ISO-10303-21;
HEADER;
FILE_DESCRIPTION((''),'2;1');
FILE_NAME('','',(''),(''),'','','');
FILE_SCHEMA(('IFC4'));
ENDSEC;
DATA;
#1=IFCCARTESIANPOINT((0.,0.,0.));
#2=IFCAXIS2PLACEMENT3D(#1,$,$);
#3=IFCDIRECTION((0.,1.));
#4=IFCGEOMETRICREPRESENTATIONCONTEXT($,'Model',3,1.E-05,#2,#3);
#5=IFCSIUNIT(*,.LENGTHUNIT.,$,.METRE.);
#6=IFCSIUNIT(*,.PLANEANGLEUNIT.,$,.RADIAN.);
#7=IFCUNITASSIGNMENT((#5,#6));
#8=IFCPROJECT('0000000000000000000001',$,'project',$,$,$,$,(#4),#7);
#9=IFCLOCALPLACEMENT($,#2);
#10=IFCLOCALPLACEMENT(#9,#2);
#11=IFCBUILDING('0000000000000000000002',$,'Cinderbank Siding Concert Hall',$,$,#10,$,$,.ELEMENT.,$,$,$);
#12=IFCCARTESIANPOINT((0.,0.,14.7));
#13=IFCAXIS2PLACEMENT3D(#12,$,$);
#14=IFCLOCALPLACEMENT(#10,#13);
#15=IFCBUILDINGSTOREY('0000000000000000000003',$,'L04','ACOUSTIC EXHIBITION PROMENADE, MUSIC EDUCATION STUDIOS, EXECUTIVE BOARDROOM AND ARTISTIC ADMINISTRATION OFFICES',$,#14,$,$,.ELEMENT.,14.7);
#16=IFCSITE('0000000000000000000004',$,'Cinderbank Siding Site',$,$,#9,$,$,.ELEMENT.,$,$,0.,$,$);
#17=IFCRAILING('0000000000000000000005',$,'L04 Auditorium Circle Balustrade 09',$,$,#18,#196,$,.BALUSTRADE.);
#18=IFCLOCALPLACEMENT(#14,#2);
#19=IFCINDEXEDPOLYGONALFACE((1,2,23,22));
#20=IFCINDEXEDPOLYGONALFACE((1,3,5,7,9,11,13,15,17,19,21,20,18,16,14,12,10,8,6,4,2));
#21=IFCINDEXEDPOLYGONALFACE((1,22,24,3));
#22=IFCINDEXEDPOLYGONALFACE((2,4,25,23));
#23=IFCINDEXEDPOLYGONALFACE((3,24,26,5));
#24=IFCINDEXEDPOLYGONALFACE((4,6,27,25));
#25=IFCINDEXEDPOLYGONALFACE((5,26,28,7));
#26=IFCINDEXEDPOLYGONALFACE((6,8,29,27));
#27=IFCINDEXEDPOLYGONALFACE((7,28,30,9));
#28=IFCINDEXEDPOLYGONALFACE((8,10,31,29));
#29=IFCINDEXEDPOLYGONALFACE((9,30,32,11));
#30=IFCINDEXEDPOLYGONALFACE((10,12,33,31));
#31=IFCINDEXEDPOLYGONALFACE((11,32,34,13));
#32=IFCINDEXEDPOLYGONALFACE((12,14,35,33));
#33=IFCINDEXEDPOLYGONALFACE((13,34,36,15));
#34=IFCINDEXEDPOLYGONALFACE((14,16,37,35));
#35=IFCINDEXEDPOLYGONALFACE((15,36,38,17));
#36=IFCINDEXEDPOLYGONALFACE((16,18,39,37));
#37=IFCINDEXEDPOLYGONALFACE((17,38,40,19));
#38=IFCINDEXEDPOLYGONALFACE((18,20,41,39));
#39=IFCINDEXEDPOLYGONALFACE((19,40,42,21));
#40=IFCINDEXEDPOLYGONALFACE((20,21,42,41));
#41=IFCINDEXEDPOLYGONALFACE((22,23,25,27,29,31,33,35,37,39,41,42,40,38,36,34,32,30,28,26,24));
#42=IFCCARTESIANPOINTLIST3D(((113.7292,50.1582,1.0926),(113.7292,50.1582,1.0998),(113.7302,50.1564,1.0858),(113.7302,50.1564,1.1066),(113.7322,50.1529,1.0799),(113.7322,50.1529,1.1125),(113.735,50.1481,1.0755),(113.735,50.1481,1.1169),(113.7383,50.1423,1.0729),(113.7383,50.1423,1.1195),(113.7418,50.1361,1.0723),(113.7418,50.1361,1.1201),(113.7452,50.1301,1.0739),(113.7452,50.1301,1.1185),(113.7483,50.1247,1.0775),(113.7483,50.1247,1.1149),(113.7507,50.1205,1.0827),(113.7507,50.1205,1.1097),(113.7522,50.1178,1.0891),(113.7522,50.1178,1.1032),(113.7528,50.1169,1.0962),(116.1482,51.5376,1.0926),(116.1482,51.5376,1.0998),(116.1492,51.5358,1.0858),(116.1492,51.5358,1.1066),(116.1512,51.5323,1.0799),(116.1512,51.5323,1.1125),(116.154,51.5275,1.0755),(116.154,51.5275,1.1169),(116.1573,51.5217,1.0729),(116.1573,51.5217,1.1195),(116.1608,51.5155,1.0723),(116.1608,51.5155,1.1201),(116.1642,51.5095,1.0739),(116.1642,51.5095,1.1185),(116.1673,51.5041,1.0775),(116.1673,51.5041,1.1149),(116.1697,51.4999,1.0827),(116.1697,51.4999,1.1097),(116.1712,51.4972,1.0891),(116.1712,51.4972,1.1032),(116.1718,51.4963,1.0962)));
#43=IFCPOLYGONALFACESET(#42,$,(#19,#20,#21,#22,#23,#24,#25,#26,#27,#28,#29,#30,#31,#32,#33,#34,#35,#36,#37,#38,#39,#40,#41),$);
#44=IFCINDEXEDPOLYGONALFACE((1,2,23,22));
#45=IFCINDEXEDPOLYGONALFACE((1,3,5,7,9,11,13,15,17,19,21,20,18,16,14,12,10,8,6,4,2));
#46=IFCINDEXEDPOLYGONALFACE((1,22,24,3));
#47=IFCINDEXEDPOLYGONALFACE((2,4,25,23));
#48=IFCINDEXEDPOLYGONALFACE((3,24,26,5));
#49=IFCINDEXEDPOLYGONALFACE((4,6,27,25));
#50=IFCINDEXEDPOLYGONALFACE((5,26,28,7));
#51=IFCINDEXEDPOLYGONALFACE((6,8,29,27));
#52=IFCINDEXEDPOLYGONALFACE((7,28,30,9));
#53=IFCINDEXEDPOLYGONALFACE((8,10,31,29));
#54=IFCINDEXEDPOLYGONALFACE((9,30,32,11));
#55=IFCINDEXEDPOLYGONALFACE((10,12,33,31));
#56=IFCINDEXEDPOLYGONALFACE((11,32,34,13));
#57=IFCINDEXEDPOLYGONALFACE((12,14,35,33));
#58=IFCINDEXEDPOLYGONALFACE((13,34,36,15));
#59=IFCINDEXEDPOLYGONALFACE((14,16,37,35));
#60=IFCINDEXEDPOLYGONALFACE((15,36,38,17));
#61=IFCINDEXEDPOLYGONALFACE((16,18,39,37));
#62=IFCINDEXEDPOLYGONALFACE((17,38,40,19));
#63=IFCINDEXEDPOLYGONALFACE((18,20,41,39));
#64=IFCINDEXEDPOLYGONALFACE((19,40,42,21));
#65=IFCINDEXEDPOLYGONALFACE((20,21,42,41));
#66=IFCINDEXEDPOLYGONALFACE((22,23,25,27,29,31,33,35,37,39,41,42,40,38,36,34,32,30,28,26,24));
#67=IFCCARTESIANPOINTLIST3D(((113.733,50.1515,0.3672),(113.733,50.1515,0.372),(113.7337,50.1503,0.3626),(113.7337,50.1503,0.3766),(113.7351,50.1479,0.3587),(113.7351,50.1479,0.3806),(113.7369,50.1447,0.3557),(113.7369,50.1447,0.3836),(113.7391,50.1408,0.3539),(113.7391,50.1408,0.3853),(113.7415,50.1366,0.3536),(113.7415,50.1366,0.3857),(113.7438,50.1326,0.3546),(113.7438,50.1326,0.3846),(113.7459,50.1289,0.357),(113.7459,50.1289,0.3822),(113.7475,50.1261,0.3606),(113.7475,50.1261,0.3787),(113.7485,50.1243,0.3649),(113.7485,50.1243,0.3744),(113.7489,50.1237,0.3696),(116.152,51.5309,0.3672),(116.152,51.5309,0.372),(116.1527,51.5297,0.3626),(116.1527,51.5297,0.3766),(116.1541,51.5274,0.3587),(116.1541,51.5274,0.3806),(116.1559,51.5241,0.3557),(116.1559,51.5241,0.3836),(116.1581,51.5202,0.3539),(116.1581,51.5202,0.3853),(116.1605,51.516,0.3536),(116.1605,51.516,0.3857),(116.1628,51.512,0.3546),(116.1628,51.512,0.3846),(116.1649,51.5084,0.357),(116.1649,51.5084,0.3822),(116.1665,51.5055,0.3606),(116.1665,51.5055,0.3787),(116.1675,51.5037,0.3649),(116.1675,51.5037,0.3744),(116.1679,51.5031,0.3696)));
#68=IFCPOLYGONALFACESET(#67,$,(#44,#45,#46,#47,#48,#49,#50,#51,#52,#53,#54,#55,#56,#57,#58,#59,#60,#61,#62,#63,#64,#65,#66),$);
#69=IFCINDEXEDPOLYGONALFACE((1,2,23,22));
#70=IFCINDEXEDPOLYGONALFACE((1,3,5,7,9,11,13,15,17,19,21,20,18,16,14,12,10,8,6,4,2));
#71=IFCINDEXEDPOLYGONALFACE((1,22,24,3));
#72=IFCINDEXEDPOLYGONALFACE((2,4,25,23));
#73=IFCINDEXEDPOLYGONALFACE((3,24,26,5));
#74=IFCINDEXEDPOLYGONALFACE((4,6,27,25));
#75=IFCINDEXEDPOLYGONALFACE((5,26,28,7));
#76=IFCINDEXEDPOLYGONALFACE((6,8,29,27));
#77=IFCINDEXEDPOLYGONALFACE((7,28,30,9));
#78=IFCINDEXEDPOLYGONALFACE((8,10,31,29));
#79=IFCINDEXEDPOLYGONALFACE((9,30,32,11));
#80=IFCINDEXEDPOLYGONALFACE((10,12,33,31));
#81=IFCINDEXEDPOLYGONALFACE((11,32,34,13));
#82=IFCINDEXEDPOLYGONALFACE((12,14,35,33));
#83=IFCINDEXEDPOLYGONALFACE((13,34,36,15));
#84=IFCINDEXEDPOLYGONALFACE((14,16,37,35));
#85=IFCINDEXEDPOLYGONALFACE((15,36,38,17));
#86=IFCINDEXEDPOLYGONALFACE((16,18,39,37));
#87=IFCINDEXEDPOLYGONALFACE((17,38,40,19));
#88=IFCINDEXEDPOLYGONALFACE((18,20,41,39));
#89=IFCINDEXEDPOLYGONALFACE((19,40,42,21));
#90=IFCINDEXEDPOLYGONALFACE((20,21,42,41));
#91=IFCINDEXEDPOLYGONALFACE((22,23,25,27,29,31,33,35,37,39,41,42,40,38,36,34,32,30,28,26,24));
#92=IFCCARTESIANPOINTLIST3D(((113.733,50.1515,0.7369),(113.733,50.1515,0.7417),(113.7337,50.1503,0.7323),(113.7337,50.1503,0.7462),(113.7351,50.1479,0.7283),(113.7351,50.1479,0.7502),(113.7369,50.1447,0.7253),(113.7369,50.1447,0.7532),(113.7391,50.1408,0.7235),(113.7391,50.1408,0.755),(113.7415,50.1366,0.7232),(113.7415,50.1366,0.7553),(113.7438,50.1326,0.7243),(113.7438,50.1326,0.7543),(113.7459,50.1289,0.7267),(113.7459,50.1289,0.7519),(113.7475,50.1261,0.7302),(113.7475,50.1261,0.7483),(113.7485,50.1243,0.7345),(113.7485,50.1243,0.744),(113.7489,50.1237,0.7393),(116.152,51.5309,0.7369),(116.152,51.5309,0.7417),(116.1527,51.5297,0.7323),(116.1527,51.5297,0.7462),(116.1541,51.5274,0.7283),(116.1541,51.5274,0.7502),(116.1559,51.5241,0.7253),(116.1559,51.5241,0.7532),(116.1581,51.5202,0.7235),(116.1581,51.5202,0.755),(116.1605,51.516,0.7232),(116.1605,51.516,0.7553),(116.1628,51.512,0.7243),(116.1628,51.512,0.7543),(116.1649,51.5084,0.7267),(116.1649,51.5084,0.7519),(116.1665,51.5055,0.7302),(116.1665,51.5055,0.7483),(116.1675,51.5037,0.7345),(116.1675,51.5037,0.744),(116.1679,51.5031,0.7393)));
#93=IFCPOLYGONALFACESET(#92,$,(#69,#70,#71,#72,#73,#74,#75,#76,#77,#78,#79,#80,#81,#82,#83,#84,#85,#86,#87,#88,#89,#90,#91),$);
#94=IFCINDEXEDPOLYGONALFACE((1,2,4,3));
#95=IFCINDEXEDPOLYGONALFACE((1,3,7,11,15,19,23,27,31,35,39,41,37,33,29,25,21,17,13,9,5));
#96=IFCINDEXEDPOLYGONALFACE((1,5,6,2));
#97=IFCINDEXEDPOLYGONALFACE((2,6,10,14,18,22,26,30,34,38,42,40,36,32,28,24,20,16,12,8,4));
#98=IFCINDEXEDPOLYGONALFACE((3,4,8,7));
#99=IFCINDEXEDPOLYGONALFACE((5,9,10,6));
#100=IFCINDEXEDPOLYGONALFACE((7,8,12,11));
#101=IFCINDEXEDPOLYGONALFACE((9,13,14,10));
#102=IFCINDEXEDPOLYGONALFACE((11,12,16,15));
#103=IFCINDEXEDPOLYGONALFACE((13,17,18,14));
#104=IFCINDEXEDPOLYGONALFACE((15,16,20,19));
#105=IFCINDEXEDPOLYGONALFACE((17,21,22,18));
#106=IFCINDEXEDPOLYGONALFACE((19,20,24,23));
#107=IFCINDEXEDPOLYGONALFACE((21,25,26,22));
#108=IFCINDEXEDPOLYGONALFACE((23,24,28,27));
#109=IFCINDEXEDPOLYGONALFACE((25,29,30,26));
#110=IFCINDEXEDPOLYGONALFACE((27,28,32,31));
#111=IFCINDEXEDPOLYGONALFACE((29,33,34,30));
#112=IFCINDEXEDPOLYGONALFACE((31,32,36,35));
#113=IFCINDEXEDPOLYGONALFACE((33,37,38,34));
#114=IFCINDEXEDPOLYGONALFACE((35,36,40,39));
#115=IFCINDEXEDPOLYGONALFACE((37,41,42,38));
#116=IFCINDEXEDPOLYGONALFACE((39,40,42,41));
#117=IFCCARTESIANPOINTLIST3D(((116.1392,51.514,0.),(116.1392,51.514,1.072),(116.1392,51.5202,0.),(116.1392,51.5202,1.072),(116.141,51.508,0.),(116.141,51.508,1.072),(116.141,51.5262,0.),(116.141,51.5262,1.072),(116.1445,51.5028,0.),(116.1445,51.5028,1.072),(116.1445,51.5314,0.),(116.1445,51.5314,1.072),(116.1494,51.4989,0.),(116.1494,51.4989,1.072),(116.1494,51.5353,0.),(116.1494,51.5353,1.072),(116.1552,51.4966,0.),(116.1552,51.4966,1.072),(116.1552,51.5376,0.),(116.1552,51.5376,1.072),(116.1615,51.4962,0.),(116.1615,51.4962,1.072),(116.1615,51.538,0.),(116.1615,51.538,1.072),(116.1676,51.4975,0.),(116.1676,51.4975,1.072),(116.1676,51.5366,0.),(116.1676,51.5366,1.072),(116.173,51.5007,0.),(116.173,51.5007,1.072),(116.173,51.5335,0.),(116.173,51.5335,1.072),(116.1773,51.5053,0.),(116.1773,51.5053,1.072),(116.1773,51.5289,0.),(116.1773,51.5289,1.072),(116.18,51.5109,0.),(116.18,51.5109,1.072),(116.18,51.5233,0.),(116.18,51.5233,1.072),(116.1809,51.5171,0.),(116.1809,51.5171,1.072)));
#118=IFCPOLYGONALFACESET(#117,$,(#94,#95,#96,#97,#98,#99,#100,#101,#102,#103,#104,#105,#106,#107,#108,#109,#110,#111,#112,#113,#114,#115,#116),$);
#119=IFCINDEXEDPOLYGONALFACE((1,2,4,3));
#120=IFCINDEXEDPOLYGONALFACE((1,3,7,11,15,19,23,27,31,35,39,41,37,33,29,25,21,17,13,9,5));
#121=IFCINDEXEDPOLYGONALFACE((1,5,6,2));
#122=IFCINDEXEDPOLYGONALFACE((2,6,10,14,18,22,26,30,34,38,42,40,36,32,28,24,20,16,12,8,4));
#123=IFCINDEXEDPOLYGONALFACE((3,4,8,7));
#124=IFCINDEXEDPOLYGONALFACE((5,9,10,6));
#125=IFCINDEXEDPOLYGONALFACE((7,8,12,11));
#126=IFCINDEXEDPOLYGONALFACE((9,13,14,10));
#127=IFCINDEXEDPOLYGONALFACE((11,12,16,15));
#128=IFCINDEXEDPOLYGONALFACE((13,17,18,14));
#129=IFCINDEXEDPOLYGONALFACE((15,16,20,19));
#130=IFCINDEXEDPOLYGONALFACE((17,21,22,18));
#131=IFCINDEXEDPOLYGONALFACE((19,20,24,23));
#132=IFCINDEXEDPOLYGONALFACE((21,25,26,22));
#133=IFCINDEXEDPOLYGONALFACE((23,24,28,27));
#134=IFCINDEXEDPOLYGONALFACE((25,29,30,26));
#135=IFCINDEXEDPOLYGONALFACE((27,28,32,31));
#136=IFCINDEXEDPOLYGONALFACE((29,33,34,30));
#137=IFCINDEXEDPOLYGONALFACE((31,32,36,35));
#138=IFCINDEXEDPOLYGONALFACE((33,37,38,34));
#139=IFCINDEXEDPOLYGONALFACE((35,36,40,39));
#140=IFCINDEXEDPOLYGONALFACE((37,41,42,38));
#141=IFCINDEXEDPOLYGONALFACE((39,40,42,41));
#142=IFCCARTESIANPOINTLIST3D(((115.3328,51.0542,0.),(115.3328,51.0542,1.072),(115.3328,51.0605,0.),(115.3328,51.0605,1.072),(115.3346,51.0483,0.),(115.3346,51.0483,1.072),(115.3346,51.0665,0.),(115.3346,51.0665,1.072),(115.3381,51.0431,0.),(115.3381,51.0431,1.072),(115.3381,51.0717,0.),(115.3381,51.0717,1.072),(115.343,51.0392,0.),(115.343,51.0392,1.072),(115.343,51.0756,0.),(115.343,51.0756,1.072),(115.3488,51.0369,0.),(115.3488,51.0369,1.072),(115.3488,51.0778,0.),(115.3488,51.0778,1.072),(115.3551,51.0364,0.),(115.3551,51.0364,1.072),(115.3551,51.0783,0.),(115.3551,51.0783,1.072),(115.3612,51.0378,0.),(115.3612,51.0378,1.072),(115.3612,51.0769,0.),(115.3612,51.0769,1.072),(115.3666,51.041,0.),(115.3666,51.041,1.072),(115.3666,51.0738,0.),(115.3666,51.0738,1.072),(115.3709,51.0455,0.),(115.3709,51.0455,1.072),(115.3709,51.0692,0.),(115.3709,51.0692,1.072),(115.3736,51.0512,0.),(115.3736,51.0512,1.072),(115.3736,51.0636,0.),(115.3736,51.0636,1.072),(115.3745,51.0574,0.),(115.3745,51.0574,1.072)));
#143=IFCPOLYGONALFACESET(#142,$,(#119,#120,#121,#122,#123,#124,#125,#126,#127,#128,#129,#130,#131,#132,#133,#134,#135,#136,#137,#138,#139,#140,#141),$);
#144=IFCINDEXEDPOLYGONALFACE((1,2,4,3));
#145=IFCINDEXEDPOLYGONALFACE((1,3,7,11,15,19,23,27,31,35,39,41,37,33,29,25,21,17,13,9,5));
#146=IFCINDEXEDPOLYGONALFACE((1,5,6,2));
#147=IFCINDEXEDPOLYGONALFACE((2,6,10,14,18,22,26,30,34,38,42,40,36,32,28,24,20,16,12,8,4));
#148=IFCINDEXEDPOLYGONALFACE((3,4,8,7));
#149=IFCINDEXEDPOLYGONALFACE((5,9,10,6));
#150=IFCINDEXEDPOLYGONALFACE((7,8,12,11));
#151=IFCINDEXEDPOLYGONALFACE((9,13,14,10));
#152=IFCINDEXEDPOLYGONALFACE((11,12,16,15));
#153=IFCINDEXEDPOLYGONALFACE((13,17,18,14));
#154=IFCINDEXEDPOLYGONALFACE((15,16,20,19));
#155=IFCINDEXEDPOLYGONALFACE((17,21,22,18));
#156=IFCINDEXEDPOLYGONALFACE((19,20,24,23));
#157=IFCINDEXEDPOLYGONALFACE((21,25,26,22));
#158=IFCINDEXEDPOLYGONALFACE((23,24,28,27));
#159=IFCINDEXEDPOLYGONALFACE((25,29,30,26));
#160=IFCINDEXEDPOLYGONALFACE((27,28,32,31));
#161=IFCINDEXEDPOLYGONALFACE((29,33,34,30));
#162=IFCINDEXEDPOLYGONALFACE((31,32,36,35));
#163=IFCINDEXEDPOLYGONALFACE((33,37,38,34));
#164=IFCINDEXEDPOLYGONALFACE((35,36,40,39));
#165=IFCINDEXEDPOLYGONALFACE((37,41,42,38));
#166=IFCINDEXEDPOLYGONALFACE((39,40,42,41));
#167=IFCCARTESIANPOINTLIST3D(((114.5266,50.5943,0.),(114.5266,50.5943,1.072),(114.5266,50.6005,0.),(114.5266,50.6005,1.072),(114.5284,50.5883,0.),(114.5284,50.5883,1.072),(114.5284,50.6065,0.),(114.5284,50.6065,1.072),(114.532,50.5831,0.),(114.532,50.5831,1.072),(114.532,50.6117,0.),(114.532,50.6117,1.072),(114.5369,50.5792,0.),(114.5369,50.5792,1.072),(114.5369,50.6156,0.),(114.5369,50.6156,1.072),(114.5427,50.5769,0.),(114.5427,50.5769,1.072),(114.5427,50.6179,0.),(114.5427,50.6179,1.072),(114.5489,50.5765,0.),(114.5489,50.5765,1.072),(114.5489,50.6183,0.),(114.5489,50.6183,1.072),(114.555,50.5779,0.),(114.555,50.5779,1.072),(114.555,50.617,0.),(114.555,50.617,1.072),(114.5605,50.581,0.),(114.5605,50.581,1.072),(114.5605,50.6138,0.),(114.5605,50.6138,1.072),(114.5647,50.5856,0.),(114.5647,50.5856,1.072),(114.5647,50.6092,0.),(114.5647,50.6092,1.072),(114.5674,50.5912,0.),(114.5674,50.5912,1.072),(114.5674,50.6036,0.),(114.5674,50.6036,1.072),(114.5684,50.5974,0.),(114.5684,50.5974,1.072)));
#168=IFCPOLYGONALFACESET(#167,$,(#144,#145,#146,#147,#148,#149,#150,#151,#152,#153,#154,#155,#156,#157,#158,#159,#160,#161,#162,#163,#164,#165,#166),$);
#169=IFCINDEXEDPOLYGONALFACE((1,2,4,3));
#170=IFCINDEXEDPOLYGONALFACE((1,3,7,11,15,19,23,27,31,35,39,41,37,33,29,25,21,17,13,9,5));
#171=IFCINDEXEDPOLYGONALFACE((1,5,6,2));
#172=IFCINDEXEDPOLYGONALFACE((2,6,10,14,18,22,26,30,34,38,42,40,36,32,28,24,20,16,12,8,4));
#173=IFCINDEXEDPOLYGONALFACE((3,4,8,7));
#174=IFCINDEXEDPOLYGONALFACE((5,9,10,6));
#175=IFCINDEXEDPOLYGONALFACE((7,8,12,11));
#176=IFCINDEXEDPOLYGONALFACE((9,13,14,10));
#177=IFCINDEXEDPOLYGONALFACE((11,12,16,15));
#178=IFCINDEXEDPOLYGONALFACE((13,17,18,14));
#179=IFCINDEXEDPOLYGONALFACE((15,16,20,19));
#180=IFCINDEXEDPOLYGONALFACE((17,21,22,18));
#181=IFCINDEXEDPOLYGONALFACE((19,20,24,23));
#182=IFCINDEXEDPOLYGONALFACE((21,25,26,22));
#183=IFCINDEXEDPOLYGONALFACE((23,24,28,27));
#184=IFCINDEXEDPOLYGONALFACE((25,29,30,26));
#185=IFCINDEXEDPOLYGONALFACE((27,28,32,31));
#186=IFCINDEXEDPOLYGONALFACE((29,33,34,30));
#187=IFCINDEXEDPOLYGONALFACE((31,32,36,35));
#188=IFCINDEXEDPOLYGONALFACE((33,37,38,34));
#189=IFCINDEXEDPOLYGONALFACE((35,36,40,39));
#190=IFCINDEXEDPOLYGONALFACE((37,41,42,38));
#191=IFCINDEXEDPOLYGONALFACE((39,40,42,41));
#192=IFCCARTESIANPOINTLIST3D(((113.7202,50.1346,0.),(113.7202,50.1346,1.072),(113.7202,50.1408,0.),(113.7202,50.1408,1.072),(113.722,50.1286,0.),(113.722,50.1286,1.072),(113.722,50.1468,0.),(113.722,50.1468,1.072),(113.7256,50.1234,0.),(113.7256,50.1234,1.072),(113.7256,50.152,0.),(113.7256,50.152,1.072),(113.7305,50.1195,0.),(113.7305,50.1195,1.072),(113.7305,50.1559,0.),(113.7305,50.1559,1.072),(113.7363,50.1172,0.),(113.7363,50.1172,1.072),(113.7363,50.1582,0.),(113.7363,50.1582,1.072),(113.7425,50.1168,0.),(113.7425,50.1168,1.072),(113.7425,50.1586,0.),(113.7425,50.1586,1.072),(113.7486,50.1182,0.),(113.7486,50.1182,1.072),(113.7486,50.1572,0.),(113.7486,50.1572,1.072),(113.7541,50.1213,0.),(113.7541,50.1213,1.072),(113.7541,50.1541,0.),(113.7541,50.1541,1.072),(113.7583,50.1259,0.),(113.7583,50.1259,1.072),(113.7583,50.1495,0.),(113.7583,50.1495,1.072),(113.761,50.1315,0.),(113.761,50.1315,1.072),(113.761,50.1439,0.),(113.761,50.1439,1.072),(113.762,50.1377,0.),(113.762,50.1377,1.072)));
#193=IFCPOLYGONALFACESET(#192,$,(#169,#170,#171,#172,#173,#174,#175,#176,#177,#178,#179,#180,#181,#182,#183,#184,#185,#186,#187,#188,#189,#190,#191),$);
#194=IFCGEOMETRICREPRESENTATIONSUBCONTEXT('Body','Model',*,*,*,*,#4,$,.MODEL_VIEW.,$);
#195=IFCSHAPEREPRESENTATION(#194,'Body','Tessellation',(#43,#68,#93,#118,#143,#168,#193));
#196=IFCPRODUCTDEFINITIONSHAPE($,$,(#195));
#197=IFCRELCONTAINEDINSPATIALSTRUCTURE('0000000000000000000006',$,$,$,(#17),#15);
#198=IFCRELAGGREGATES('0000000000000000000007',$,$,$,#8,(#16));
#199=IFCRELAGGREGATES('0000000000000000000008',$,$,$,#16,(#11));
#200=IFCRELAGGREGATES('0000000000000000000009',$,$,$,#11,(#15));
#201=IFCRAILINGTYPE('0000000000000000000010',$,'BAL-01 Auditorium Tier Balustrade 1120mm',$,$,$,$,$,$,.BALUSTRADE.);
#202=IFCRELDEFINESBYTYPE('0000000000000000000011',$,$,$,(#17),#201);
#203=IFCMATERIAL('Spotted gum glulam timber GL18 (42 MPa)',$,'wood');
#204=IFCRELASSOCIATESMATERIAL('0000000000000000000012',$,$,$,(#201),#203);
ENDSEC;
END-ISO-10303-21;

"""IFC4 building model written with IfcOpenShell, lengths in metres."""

from ifc_helpers import new_model, si_unit, direction, frame, origin, origin_2d, place, context, subcontext, project, spatial, circle, extrude, material, type_object, element, save


model = new_model("IFC4")

# Units and contexts
model_context = context("Model", 3, precision=1e-05, world=origin(), true_north=direction((0.0, 1.0)))
body_context = subcontext(model_context, "Body", "Model", "MODEL_VIEW")
ifc_project = project(units=[si_unit("LENGTHUNIT", "METRE"), si_unit("PLANEANGLEUNIT", "RADIAN")], contexts=[model_context])

# Site, building, storey
site_placement = place(None, origin())
site = spatial("IfcSite", under=ifc_project, at=site_placement, Name="Cinderbank Siding Site", CompositionType="ELEMENT", RefElevation=0.0)
building_placement = place(site_placement, origin())
building = spatial("IfcBuilding", under=site, at=building_placement, Name="Cinderbank Siding Concert Hall", CompositionType="ELEMENT")
storey_placement = place(building_placement, frame((0.0, 0.0, 14.7)))
storey = spatial("IfcBuildingStorey", under=building, at=storey_placement, Name="L04", Description="ACOUSTIC EXHIBITION PROMENADE, MUSIC EDUCATION STUDIOS, EXECUTIVE BOARDROOM AND ARTISTIC ADMINISTRATION OFFICES", CompositionType="ELEMENT", Elevation=14.7)

# Shared definitions
ifc_material_1 = material(Name="Spotted gum glulam timber GL18 (42 MPa)", Category="wood")

# Railing
railing_type_1 = type_object("IfcRailingType", Name="BAL-01 Auditorium Tier Balustrade 1120mm", PredefinedType="BALUSTRADE", material=ifc_material_1)
railing_1_placement = place(storey_placement, frame((116.1599, 51.5171, 0.0)))
element("IfcRailing", 1, at=railing_1_placement, inside=storey, type_object=railing_type_1, Name="L04 Auditorium Circle Balustrade 09", PredefinedType="BALUSTRADE", context=body_context, shape_type="SweptSolid", body=[
    extrude(circle(Radius=0.0239, at=origin_2d()), frame((0.0, 0.0, 1.0962), z_axis=(-0.868685, -0.495365, 0.0), x_axis=(0.495365, -0.868685, 0.0)), (0.0, 0.0, 1.0), 2.7847),
    extrude(circle(Radius=0.0161, at=origin_2d()), frame((0.0, 0.0, 0.3696), z_axis=(-0.868685, -0.495365, 0.0), x_axis=(0.495365, -0.868685, 0.0)), (0.0, 0.0, 1.0), 2.7847),
    extrude(circle(Radius=0.0161, at=origin_2d()), frame((0.0, 0.0, 0.7393), z_axis=(-0.868685, -0.495365, 0.0), x_axis=(0.495365, -0.868685, 0.0)), (0.0, 0.0, 1.0), 2.7847),
    extrude(circle(Radius=0.021, at=origin_2d()), origin(), (0.0, 0.0, 1.0), 1.072),
    extrude(circle(Radius=0.021, at=origin_2d()), frame((-0.8064, -0.4597, 0.0)), (0.0, 0.0, 1.0), 1.072),
    extrude(circle(Radius=0.021, at=origin_2d()), frame((-1.6125, -0.9197, 0.0)), (0.0, 0.0, 1.0), 1.072),
    extrude(circle(Radius=0.021, at=origin_2d()), frame((-2.4189, -1.3794, 0.0)), (0.0, 0.0, 1.0), 1.072),
])

save(model, "model.ifc")
